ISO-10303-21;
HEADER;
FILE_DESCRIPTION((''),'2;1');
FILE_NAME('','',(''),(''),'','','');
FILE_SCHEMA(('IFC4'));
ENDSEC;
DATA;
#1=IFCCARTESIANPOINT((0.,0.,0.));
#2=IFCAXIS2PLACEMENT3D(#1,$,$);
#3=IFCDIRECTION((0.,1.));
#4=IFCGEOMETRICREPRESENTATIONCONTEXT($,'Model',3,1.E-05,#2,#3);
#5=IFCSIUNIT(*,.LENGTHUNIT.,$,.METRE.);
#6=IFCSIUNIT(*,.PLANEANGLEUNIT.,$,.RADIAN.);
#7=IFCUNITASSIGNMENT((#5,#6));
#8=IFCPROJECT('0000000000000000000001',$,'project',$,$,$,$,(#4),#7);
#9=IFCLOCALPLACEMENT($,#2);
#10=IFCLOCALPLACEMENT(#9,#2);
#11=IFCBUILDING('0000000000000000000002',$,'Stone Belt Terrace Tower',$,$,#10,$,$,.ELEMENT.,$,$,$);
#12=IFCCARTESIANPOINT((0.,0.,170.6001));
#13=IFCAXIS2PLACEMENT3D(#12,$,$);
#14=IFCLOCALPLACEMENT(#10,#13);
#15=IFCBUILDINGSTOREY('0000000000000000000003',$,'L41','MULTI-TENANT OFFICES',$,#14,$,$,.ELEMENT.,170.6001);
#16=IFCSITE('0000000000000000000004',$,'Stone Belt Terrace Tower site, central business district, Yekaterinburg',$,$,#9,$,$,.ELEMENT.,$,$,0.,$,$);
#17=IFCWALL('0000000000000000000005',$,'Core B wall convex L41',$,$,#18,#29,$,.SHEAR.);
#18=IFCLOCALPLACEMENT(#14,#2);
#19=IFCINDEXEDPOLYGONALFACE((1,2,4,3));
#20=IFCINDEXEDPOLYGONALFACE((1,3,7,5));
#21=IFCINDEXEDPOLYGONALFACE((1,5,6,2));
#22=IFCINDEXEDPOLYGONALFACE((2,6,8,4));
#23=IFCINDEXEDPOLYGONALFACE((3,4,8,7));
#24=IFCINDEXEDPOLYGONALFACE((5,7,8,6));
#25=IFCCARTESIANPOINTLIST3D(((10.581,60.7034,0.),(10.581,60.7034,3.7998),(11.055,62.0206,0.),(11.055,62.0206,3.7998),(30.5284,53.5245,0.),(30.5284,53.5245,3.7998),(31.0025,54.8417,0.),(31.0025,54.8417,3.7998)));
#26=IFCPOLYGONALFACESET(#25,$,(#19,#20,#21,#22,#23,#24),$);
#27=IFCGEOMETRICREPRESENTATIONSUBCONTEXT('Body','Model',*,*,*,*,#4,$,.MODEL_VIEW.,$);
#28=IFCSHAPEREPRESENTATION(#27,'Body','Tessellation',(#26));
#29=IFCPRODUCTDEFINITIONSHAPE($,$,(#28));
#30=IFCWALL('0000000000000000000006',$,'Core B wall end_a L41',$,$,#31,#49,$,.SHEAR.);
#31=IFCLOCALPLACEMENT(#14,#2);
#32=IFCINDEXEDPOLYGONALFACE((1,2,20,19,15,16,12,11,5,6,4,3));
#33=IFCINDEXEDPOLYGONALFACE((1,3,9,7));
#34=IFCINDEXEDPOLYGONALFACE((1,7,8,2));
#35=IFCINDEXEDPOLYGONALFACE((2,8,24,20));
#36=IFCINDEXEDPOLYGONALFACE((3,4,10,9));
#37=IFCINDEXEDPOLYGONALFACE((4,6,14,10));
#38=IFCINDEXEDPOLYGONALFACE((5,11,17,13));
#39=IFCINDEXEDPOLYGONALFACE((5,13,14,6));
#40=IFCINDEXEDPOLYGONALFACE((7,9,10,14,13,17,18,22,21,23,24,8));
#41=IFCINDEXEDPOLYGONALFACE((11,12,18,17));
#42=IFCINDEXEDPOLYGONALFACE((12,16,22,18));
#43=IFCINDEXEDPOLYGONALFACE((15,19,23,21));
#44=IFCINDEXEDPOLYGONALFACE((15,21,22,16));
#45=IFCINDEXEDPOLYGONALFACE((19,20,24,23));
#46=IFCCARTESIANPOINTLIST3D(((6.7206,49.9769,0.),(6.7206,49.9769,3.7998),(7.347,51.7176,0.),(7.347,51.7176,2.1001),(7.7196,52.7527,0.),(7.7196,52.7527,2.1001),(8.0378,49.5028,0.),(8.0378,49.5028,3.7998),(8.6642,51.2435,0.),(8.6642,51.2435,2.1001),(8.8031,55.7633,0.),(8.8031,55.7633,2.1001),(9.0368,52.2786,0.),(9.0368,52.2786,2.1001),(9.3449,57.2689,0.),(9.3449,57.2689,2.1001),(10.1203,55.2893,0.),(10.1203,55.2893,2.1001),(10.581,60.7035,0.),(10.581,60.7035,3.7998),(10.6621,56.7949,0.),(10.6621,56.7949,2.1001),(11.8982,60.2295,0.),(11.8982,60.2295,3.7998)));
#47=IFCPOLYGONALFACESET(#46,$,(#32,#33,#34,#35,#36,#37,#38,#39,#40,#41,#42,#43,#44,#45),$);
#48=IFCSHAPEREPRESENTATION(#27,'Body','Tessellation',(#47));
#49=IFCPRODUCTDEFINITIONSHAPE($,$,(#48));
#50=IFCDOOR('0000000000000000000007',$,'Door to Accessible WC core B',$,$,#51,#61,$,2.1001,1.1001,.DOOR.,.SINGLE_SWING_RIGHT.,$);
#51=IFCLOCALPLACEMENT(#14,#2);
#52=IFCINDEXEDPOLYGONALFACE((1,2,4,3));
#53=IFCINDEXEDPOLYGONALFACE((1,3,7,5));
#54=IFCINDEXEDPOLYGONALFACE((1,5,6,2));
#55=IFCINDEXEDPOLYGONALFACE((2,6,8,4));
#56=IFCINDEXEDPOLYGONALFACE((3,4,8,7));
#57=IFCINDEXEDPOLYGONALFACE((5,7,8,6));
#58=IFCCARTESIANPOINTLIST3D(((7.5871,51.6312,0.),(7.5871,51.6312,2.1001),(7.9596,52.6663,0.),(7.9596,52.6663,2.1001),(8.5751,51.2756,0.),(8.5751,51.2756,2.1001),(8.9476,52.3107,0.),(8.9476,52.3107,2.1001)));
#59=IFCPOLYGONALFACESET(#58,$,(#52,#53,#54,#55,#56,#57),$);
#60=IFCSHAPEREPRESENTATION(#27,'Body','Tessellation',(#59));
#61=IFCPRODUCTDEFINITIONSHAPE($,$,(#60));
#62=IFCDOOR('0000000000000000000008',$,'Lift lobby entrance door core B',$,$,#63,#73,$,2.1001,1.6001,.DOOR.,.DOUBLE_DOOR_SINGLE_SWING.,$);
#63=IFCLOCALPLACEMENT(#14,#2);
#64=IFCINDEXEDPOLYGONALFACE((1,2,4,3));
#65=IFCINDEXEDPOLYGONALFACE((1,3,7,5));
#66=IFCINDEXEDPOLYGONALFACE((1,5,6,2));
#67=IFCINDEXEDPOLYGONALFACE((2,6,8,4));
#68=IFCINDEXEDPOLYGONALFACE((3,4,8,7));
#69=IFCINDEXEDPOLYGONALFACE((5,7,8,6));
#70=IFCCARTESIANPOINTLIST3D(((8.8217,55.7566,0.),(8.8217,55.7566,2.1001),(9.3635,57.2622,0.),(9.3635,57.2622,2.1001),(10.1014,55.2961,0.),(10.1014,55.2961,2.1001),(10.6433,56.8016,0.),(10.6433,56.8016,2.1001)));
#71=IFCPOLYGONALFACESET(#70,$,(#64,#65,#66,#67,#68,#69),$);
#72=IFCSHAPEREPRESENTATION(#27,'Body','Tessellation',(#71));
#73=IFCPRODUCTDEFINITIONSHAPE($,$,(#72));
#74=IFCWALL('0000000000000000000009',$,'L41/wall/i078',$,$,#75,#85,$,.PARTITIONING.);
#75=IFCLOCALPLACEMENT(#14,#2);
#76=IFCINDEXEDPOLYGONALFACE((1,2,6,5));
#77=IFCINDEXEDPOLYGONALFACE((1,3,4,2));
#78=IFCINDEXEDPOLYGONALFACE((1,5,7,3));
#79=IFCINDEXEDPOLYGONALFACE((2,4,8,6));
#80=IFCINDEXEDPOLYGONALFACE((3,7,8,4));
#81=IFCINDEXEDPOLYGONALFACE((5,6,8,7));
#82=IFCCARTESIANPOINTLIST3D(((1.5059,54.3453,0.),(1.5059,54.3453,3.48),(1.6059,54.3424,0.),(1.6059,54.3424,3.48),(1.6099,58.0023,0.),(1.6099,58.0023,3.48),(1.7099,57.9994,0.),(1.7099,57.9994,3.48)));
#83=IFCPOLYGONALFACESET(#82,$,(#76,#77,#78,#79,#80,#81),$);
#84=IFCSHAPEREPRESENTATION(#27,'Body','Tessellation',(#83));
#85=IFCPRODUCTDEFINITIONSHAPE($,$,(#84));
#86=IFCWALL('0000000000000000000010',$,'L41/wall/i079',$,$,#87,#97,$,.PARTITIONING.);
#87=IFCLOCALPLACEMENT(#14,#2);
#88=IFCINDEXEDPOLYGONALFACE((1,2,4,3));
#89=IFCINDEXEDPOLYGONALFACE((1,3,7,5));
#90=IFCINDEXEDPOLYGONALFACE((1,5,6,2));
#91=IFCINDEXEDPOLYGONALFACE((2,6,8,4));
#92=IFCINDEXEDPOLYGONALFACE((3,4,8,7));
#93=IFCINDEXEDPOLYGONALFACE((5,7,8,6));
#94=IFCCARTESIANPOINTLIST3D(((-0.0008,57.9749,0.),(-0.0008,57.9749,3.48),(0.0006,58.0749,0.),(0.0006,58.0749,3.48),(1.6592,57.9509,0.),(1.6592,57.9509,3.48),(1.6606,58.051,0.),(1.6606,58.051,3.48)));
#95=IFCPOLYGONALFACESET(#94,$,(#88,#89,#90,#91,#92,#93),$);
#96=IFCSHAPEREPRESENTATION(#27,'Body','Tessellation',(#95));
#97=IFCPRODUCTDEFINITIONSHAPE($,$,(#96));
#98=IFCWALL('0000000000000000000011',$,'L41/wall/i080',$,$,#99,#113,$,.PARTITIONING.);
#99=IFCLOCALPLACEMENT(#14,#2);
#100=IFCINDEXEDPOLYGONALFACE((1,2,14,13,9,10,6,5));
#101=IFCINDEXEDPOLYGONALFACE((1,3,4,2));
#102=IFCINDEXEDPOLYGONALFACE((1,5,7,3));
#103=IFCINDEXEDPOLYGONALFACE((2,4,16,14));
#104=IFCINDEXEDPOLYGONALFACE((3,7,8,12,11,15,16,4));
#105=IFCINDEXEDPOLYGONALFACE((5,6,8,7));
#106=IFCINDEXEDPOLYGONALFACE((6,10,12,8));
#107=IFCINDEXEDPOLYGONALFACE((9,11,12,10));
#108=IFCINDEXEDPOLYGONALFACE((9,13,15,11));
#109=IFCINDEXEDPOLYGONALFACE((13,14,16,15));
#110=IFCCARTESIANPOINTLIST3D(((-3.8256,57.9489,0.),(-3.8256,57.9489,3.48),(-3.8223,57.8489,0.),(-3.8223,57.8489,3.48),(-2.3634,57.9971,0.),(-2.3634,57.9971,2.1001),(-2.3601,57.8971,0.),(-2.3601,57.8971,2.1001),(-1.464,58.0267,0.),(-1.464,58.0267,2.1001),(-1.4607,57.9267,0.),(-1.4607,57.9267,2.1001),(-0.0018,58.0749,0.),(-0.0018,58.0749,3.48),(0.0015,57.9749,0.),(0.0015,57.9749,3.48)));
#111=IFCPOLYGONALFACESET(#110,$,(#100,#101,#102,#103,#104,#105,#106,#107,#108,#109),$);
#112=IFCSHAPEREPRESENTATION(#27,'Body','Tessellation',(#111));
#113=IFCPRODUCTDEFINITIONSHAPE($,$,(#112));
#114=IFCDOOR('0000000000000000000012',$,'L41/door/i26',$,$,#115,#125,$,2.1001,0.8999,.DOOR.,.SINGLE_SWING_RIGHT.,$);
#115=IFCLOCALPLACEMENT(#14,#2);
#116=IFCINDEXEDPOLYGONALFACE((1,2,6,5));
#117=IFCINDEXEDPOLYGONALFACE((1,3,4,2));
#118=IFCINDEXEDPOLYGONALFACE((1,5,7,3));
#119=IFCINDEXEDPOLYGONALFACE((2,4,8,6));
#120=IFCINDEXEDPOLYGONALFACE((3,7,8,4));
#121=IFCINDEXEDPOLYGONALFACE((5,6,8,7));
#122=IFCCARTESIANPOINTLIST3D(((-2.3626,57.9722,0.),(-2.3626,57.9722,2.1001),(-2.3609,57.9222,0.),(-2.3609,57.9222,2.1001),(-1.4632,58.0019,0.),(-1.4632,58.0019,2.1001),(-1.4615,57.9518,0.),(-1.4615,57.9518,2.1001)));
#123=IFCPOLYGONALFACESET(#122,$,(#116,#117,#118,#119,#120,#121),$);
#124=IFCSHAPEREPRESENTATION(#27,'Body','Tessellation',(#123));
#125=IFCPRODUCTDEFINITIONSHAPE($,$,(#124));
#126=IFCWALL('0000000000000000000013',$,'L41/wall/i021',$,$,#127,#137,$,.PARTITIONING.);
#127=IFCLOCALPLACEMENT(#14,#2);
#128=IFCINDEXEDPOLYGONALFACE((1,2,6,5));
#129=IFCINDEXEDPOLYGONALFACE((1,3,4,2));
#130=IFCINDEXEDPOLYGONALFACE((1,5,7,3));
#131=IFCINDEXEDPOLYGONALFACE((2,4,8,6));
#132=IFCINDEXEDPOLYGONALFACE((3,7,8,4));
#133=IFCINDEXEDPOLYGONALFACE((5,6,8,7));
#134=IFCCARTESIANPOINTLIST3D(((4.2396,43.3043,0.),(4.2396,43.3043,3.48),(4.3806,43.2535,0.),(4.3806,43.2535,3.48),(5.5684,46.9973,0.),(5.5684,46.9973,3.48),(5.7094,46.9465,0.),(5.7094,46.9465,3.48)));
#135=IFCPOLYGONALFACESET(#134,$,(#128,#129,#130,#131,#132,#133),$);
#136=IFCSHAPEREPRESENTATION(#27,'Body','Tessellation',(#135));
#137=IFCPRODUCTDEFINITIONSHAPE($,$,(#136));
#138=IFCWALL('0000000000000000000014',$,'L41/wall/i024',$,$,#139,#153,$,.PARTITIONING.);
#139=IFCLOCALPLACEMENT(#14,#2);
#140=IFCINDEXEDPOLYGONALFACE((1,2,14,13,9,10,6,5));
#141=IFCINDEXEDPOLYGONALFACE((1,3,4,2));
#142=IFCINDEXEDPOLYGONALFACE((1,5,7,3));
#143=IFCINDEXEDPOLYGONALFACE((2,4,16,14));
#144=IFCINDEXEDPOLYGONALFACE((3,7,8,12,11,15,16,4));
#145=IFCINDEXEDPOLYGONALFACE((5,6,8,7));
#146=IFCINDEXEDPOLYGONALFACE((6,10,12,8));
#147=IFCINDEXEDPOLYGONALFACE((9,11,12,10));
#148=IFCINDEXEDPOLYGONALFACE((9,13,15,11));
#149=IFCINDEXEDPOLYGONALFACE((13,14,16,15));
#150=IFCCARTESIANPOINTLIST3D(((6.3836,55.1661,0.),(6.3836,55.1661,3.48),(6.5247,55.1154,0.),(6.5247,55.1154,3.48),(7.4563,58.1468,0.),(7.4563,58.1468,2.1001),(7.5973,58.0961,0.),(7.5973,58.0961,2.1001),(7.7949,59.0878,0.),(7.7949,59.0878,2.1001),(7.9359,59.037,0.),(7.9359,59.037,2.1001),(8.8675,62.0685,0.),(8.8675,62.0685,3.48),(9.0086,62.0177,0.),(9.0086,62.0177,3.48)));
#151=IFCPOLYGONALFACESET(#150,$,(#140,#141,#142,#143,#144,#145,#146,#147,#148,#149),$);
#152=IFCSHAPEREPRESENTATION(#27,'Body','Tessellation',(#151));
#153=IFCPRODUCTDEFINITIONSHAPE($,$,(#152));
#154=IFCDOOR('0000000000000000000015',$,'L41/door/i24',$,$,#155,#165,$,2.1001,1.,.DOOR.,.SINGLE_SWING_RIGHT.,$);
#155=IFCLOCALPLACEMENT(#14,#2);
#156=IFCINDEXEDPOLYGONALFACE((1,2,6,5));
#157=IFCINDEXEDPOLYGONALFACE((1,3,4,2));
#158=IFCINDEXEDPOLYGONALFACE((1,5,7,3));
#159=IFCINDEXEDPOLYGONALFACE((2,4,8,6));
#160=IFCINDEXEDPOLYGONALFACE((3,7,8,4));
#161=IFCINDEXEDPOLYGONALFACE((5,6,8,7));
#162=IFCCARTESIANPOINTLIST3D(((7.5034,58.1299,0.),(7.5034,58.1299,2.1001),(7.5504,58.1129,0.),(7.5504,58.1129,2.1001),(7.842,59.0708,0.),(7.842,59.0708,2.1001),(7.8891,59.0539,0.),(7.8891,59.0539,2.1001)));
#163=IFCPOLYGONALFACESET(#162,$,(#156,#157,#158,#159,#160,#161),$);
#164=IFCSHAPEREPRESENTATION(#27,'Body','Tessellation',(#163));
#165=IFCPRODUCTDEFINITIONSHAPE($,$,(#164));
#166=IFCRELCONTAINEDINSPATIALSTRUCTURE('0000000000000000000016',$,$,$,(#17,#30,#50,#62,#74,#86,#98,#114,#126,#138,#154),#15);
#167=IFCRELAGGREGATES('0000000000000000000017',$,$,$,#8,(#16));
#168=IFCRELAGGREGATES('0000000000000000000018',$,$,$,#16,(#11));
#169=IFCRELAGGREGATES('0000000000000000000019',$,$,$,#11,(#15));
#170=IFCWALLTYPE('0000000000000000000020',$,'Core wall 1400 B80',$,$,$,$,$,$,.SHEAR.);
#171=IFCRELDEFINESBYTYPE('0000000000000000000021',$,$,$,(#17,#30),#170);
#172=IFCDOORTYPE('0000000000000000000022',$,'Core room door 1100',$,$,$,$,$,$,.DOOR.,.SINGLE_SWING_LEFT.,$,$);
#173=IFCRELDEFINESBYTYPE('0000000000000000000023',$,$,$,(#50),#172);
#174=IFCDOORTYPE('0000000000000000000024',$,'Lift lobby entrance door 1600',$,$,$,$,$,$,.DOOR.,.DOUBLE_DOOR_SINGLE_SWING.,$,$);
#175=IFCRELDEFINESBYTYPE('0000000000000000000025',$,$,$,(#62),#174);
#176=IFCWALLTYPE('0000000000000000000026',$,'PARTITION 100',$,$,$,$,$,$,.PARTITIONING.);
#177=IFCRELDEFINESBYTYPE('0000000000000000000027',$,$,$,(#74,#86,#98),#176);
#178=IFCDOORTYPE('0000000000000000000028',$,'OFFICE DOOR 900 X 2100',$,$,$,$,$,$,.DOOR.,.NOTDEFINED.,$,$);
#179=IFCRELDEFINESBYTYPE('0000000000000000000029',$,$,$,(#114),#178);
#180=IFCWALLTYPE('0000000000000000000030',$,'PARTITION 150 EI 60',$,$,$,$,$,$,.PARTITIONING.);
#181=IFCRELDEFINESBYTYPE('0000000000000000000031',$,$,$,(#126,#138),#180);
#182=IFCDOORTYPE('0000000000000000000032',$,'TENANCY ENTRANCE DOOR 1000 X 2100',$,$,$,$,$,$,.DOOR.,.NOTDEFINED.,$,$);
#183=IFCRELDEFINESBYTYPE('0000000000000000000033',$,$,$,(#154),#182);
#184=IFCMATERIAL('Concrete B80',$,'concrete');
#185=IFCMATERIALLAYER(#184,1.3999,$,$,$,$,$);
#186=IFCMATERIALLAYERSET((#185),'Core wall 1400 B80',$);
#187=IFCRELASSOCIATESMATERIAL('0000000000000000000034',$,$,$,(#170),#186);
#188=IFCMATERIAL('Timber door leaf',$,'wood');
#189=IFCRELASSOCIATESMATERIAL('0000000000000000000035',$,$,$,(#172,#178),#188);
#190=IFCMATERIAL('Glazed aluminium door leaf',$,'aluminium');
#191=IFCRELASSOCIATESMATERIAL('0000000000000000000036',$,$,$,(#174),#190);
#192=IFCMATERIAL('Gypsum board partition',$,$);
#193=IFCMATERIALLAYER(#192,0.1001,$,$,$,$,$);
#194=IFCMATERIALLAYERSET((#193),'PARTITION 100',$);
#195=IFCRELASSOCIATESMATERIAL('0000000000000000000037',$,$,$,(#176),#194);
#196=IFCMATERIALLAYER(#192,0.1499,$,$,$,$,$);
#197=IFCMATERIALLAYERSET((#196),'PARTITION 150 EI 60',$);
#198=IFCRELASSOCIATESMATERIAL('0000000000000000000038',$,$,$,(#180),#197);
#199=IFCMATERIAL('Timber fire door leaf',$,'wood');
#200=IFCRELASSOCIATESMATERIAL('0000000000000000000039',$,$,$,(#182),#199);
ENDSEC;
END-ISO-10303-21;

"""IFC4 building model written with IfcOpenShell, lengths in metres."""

from ifc_helpers import new_model, si_unit, direction, frame, frame_2d, origin, place, context, subcontext, project, spatial, rectangle, extrude, material, layer, layer_set, type_object, element, fill, save


model = new_model("IFC4")

# Units and contexts
model_context = context("Model", 3, precision=1e-05, world=origin(), true_north=direction((0.0, 1.0)))
body_context = subcontext(model_context, "Body", "Model", "MODEL_VIEW")
ifc_project = project(units=[si_unit("LENGTHUNIT", "METRE"), si_unit("PLANEANGLEUNIT", "RADIAN")], contexts=[model_context])

# Site, building, storey
site_placement = place(None, origin())
site = spatial("IfcSite", under=ifc_project, at=site_placement, Name="Stone Belt Terrace Tower site, central business district, Yekaterinburg", CompositionType="ELEMENT", RefElevation=0.0)
building_placement = place(site_placement, origin())
building = spatial("IfcBuilding", under=site, at=building_placement, Name="Stone Belt Terrace Tower", CompositionType="ELEMENT")
storey_placement = place(building_placement, frame((0.0, 0.0, 170.6001)))
storey = spatial("IfcBuildingStorey", under=building, at=storey_placement, Name="L41", Description="MULTI-TENANT OFFICES", CompositionType="ELEMENT", Elevation=170.6001)

# Shared definitions
ifc_material_1 = material(Name="Concrete B80", Category="concrete")

# Shared definitions
ifc_layer_1 = layer(ifc_material_1, 1.3999)
ifc_layer_set_1 = layer_set([ifc_layer_1], Name="Core wall 1400 B80")
wall_type_1 = type_object("IfcWallType", Name="Core wall 1400 B80", PredefinedType="SHEAR", material=ifc_layer_set_1)
ifc_material_2 = material(Name="Timber door leaf", Category="wood")
door_type_1 = type_object("IfcDoorType", Name="Core room door 1100", OperationType="SINGLE_SWING_LEFT", PredefinedType="DOOR", material=ifc_material_2)

# Wall
wall_1_placement = place(storey_placement, frame((10.8179, 61.3621, 0.0), z_axis=(0.0, 0.0, 1.0), x_axis=(0.94092, -0.33863, 0.0)))
element("IfcWall", 1, at=wall_1_placement, inside=storey, type_object=wall_type_1, Name="Core B wall convex L41", PredefinedType="SHEAR", context=body_context, shape_type="SweptSolid", body=[
    extrude(rectangle(XDim=21.2, YDim=1.3999, at=frame_2d((10.6001, 0.0))), origin(), (0.0, 0.0, 1.0), 3.7998),
])

# Wall, openings, doors
wall_2_placement = place(storey_placement, frame((7.3792, 49.7397, 0.0), z_axis=(0.0, 0.0, 1.0), x_axis=(0.338625, 0.940921, 0.0)))
wall_2 = element("IfcWall", 2, at=wall_2_placement, inside=storey, type_object=wall_type_1, Name="Core B wall end_a L41", PredefinedType="SHEAR", context=body_context, shape_type="SweptSolid", body=[
    extrude(rectangle(XDim=11.4001, YDim=1.3999, at=frame_2d((5.7002, 0.0))), origin(), (0.0, 0.0, 1.0), 3.7998),
])
opening_1_placement = place(wall_2_placement, frame((6.1499, 0.0, 0.0)))
opening_1 = element("IfcOpeningElement", 3, at=opening_1_placement, cuts=wall_2, PredefinedType="OPENING", context=body_context, shape_type="SweptSolid", body=[
    extrude(rectangle(XDim=1.6001, YDim=2.1001, at=frame_2d((0.8, 1.05))), frame((0.0, 0.71, 0.0), z_axis=(0.0, -1.0, 0.0), x_axis=(1.0, 0.0, 0.0)), (0.0, 0.0, 1.0), 1.4199),
])
opening_2_placement = place(wall_2_placement, frame((1.8501, 0.0, 0.0)))
opening_2 = element("IfcOpeningElement", 4, at=opening_2_placement, cuts=wall_2, PredefinedType="OPENING", context=body_context, shape_type="SweptSolid", body=[
    extrude(rectangle(XDim=1.1001, YDim=2.1001, at=frame_2d((0.55, 1.05))), frame((0.0, 0.71, 0.0), z_axis=(0.0, -1.0, 0.0), x_axis=(1.0, 0.0, 0.0)), (0.0, 0.0, 1.0), 1.4199),
])
door_1_placement = place(opening_2_placement, origin())
door_1 = element("IfcDoor", 5, at=door_1_placement, inside=storey, type_object=door_type_1, Name="Door to Accessible WC core B", OperationType="SINGLE_SWING_RIGHT", OverallHeight=2.1001, OverallWidth=1.1001, PredefinedType="DOOR", context=body_context, shape_type="SweptSolid", body=[
    extrude(rectangle(XDim=1.1001, YDim=2.1001, at=frame_2d((0.55, 1.05))), frame((0.0, 0.4448, 0.0), z_axis=(0.0, -1.0, 0.0), x_axis=(1.0, 0.0, 0.0)), (0.0, 0.0, 1.0), 1.05),
])
fill(opening_2, door_1)
ifc_material_3 = material(Name="Glazed aluminium door leaf", Category="aluminium")
door_type_2 = type_object("IfcDoorType", Name="Lift lobby entrance door 1600", OperationType="DOUBLE_DOOR_SINGLE_SWING", PredefinedType="DOOR", material=ifc_material_3)
door_2_placement = place(opening_1_placement, origin())
door_2 = element("IfcDoor", 6, at=door_2_placement, inside=storey, type_object=door_type_2, Name="Lift lobby entrance door core B", OperationType="DOUBLE_DOOR_SINGLE_SWING", OverallHeight=2.1001, OverallWidth=1.6001, PredefinedType="DOOR", context=body_context, shape_type="SweptSolid", body=[
    extrude(rectangle(XDim=1.6001, YDim=2.1001, at=frame_2d((0.8, 1.05))), frame((0.0, 0.6802, 0.0), z_axis=(0.0, -1.0, 0.0), x_axis=(1.0, 0.0, 0.0)), (0.0, 0.0, 1.0), 1.3601),
])
fill(opening_1, door_2)

# Walls
ifc_material_4 = material(Name="Gypsum board partition")
ifc_layer_2 = layer(ifc_material_4, 0.1001)
ifc_layer_set_2 = layer_set([ifc_layer_2], Name="PARTITION 100")
wall_type_2 = type_object("IfcWallType", Name="PARTITION 100", PredefinedType="PARTITIONING", material=ifc_layer_set_2)
wall_3_placement = place(storey_placement, frame((1.5559, 54.344, 0.0), z_axis=(0.0, 0.0, 1.0), x_axis=(0.028428, 0.999596, 0.0)))
element("IfcWall", 7, at=wall_3_placement, inside=storey, type_object=wall_type_2, Name="L41/wall/i078", PredefinedType="PARTITIONING", context=body_context, shape_type="SweptSolid", body=[
    extrude(rectangle(XDim=3.6584, YDim=0.1001, at=frame_2d((1.8291, 0.0))), origin(), (0.0, 0.0, 1.0), 3.48),
])
wall_4_placement = place(storey_placement, frame((1.6599, 58.001, 0.0), z_axis=(0.0, 0.0, 1.0), x_axis=(-0.999896, 0.014412, 0.0)))
element("IfcWall", 8, at=wall_4_placement, inside=storey, type_object=wall_type_2, Name="L41/wall/i079", PredefinedType="PARTITIONING", context=body_context, shape_type="SweptSolid", body=[
    extrude(rectangle(XDim=1.6602, YDim=0.1001, at=frame_2d((0.8301, 0.0))), origin(), (0.0, 0.0, 1.0), 3.48),
])

# Wall, opening, door
wall_5_placement = place(storey_placement, frame((0.0, 58.0249, 0.0), z_axis=(0.0, 0.0, 1.0), x_axis=(-0.999458, -0.032926, 0.0)))
wall_5 = element("IfcWall", 9, at=wall_5_placement, inside=storey, type_object=wall_type_2, Name="L41/wall/i080", PredefinedType="PARTITIONING", context=body_context, shape_type="SweptSolid", body=[
    extrude(rectangle(XDim=3.8259, YDim=0.1001, at=frame_2d((1.9131, 0.0))), origin(), (0.0, 0.0, 1.0), 3.48),
])
opening_3_placement = place(wall_5_placement, frame((1.4631, 0.0, 0.0)))
opening_3 = element("IfcOpeningElement", 10, at=opening_3_placement, cuts=wall_5, PredefinedType="OPENING", context=body_context, shape_type="SweptSolid", body=[
    extrude(rectangle(XDim=0.8999, YDim=2.1001, at=frame_2d((0.45, 1.05))), frame((0.0, 0.0601, 0.0), z_axis=(0.0, -1.0, 0.0), x_axis=(1.0, 0.0, 0.0)), (0.0, 0.0, 1.0), 0.1201),
])
door_type_3 = type_object("IfcDoorType", Name="OFFICE DOOR 900 X 2100", OperationType="NOTDEFINED", PredefinedType="DOOR", material=ifc_material_2)
door_3_placement = place(opening_3_placement, origin())
door_3 = element("IfcDoor", 11, at=door_3_placement, inside=storey, type_object=door_type_3, Name="L41/door/i26", OperationType="SINGLE_SWING_RIGHT", OverallHeight=2.1001, OverallWidth=0.8999, PredefinedType="DOOR", context=body_context, shape_type="SweptSolid", body=[
    extrude(rectangle(XDim=0.8999, YDim=2.1001, at=frame_2d((0.45, 1.05))), frame((0.0, 0.0249, 0.0), z_axis=(0.0, -1.0, 0.0), x_axis=(1.0, 0.0, 0.0)), (0.0, 0.0, 1.0), 0.05),
])
fill(opening_3, door_3)

# Wall
ifc_layer_3 = layer(ifc_material_4, 0.1499)
ifc_layer_set_3 = layer_set([ifc_layer_3], Name="PARTITION 150 EI 60")
wall_type_3 = type_object("IfcWallType", Name="PARTITION 150 EI 60", PredefinedType="PARTITIONING", material=ifc_layer_set_3)
wall_6_placement = place(storey_placement, frame((5.6389, 46.9719, 0.0), z_axis=(0.0, 0.0, 1.0), x_axis=(-0.33857, -0.940941, 0.0)))
element("IfcWall", 12, at=wall_6_placement, inside=storey, type_object=wall_type_3, Name="L41/wall/i021", PredefinedType="PARTITIONING", context=body_context, shape_type="SweptSolid", body=[
    extrude(rectangle(XDim=3.9248, YDim=0.1499, at=frame_2d((1.9624, 0.0))), origin(), (0.0, 0.0, 1.0), 3.48),
])

# Wall, opening, door
wall_7_placement = place(storey_placement, frame((6.4541, 55.1406, 0.0), z_axis=(0.0, 0.0, 1.0), x_axis=(0.338604, 0.940929, 0.0)))
wall_7 = element("IfcWall", 13, at=wall_7_placement, inside=storey, type_object=wall_type_3, Name="L41/wall/i024", PredefinedType="PARTITIONING", context=body_context, shape_type="SweptSolid", body=[
    extrude(rectangle(XDim=7.3357, YDim=0.1499, at=frame_2d((3.668, 0.0))), origin(), (0.0, 0.0, 1.0), 3.48),
])
opening_4_placement = place(wall_7_placement, frame((3.168, 0.0, 0.0)))
opening_4 = element("IfcOpeningElement", 14, at=opening_4_placement, cuts=wall_7, PredefinedType="OPENING", context=body_context, shape_type="SweptSolid", body=[
    extrude(rectangle(XDim=1.0, YDim=2.1001, at=frame_2d((0.5, 1.05))), frame((0.0, 0.085, 0.0), z_axis=(0.0, -1.0, 0.0), x_axis=(1.0, 0.0, 0.0)), (0.0, 0.0, 1.0), 0.1699),
])
ifc_material_5 = material(Name="Timber fire door leaf", Category="wood")
door_type_4 = type_object("IfcDoorType", Name="TENANCY ENTRANCE DOOR 1000 X 2100", OperationType="NOTDEFINED", PredefinedType="DOOR", material=ifc_material_5)
door_4_placement = place(opening_4_placement, origin())
door_4 = element("IfcDoor", 15, at=door_4_placement, inside=storey, type_object=door_type_4, Name="L41/door/i24", OperationType="SINGLE_SWING_RIGHT", OverallHeight=2.1001, OverallWidth=1.0, PredefinedType="DOOR", context=body_context, shape_type="SweptSolid", body=[
    extrude(rectangle(XDim=1.0, YDim=2.1001, at=frame_2d((0.5, 1.05))), frame((0.0, 0.0249, 0.0), z_axis=(0.0, -1.0, 0.0), x_axis=(1.0, 0.0, 0.0)), (0.0, 0.0, 1.0), 0.05),
])
fill(opening_4, door_4)

save(model, "model.ifc")
